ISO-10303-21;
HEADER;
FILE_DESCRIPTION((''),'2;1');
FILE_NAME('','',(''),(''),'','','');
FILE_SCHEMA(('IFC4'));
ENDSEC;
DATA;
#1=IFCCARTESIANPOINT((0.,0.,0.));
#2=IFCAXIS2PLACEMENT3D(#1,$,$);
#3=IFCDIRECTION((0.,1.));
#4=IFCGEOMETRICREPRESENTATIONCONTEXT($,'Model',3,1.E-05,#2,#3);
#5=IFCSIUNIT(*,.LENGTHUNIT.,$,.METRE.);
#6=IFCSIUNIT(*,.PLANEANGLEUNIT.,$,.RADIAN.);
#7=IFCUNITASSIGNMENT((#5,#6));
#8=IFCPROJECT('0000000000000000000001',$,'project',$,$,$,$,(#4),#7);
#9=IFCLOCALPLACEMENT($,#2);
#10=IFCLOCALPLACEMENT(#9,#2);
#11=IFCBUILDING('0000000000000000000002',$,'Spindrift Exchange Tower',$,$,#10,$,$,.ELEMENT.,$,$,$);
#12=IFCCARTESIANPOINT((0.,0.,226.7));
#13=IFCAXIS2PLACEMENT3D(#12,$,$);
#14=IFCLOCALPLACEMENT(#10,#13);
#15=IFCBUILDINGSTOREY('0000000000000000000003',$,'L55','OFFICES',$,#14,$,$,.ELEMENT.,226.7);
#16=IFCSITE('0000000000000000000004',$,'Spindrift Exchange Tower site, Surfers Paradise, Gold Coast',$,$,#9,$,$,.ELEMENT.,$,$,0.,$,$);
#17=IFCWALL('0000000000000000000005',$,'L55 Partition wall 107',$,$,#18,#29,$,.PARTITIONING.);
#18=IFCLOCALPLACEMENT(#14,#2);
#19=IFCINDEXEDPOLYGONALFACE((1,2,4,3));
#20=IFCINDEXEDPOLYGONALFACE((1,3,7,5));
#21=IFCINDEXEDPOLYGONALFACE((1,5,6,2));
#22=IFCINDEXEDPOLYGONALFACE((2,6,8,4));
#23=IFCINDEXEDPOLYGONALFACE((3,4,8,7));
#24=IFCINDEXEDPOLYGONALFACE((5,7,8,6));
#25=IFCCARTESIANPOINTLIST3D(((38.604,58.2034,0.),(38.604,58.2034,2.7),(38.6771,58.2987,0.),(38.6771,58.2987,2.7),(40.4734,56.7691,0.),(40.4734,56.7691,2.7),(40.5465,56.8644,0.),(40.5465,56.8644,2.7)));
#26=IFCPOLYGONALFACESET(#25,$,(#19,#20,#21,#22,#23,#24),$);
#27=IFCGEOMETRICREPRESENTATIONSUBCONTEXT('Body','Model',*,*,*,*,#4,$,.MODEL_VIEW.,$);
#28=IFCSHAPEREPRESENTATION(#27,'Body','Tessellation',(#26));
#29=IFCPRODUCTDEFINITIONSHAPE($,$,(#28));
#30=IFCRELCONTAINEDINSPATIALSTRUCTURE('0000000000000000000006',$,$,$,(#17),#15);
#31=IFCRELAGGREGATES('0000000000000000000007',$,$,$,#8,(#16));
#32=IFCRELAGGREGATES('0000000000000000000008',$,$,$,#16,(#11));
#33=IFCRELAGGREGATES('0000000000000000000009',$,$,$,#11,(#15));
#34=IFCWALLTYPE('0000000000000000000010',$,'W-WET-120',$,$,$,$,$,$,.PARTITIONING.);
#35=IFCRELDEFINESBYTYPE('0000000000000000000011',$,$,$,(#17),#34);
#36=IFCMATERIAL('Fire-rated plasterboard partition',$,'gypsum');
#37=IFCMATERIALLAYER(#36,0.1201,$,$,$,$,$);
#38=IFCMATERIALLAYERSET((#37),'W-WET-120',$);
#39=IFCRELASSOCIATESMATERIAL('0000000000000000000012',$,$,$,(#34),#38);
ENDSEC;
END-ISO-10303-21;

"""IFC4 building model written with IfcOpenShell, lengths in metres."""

from ifc_helpers import new_model, si_unit, direction, frame, frame_2d, origin, place, context, subcontext, project, spatial, rectangle, extrude, material, layer, layer_set, type_object, element, save


model = new_model("IFC4")

# Units and contexts
model_context = context("Model", 3, precision=1e-05, world=origin(), true_north=direction((0.0, 1.0)))
body_context = subcontext(model_context, "Body", "Model", "MODEL_VIEW")
ifc_project = project(units=[si_unit("LENGTHUNIT", "METRE"), si_unit("PLANEANGLEUNIT", "RADIAN")], contexts=[model_context])

# Site, building, storey
site_placement = place(None, origin())
site = spatial("IfcSite", under=ifc_project, at=site_placement, Name="Spindrift Exchange Tower site, Surfers Paradise, Gold Coast", CompositionType="ELEMENT", RefElevation=0.0)
building_placement = place(site_placement, origin())
building = spatial("IfcBuilding", under=site, at=building_placement, Name="Spindrift Exchange Tower", CompositionType="ELEMENT")
storey_placement = place(building_placement, frame((0.0, 0.0, 226.7)))
storey = spatial("IfcBuildingStorey", under=building, at=storey_placement, Name="L55", Description="OFFICES", CompositionType="ELEMENT", Elevation=226.7)

# Shared definitions
ifc_material_1 = material(Name="Fire-rated plasterboard partition", Category="gypsum")

# Wall
ifc_layer_1 = layer(ifc_material_1, 0.1201)
ifc_layer_set_1 = layer_set([ifc_layer_1], Name="W-WET-120")
wall_type_1 = type_object("IfcWallType", Name="W-WET-120", PredefinedType="PARTITIONING", material=ifc_layer_set_1)
wall_1_placement = place(storey_placement, frame((40.51, 56.8167, 0.0), z_axis=(0.0, 0.0, 1.0), x_axis=(-0.793374, 0.608734, 0.0)))
element("IfcWall", 1, at=wall_1_placement, inside=storey, type_object=wall_type_1, Name="L55 Partition wall 107", PredefinedType="PARTITIONING", context=body_context, shape_type="SweptSolid", body=[
    extrude(rectangle(XDim=2.3562, YDim=0.1201, at=frame_2d((1.1782, 0.0))), origin(), (0.0, 0.0, 1.0), 2.7),
])

save(model, "model.ifc")
